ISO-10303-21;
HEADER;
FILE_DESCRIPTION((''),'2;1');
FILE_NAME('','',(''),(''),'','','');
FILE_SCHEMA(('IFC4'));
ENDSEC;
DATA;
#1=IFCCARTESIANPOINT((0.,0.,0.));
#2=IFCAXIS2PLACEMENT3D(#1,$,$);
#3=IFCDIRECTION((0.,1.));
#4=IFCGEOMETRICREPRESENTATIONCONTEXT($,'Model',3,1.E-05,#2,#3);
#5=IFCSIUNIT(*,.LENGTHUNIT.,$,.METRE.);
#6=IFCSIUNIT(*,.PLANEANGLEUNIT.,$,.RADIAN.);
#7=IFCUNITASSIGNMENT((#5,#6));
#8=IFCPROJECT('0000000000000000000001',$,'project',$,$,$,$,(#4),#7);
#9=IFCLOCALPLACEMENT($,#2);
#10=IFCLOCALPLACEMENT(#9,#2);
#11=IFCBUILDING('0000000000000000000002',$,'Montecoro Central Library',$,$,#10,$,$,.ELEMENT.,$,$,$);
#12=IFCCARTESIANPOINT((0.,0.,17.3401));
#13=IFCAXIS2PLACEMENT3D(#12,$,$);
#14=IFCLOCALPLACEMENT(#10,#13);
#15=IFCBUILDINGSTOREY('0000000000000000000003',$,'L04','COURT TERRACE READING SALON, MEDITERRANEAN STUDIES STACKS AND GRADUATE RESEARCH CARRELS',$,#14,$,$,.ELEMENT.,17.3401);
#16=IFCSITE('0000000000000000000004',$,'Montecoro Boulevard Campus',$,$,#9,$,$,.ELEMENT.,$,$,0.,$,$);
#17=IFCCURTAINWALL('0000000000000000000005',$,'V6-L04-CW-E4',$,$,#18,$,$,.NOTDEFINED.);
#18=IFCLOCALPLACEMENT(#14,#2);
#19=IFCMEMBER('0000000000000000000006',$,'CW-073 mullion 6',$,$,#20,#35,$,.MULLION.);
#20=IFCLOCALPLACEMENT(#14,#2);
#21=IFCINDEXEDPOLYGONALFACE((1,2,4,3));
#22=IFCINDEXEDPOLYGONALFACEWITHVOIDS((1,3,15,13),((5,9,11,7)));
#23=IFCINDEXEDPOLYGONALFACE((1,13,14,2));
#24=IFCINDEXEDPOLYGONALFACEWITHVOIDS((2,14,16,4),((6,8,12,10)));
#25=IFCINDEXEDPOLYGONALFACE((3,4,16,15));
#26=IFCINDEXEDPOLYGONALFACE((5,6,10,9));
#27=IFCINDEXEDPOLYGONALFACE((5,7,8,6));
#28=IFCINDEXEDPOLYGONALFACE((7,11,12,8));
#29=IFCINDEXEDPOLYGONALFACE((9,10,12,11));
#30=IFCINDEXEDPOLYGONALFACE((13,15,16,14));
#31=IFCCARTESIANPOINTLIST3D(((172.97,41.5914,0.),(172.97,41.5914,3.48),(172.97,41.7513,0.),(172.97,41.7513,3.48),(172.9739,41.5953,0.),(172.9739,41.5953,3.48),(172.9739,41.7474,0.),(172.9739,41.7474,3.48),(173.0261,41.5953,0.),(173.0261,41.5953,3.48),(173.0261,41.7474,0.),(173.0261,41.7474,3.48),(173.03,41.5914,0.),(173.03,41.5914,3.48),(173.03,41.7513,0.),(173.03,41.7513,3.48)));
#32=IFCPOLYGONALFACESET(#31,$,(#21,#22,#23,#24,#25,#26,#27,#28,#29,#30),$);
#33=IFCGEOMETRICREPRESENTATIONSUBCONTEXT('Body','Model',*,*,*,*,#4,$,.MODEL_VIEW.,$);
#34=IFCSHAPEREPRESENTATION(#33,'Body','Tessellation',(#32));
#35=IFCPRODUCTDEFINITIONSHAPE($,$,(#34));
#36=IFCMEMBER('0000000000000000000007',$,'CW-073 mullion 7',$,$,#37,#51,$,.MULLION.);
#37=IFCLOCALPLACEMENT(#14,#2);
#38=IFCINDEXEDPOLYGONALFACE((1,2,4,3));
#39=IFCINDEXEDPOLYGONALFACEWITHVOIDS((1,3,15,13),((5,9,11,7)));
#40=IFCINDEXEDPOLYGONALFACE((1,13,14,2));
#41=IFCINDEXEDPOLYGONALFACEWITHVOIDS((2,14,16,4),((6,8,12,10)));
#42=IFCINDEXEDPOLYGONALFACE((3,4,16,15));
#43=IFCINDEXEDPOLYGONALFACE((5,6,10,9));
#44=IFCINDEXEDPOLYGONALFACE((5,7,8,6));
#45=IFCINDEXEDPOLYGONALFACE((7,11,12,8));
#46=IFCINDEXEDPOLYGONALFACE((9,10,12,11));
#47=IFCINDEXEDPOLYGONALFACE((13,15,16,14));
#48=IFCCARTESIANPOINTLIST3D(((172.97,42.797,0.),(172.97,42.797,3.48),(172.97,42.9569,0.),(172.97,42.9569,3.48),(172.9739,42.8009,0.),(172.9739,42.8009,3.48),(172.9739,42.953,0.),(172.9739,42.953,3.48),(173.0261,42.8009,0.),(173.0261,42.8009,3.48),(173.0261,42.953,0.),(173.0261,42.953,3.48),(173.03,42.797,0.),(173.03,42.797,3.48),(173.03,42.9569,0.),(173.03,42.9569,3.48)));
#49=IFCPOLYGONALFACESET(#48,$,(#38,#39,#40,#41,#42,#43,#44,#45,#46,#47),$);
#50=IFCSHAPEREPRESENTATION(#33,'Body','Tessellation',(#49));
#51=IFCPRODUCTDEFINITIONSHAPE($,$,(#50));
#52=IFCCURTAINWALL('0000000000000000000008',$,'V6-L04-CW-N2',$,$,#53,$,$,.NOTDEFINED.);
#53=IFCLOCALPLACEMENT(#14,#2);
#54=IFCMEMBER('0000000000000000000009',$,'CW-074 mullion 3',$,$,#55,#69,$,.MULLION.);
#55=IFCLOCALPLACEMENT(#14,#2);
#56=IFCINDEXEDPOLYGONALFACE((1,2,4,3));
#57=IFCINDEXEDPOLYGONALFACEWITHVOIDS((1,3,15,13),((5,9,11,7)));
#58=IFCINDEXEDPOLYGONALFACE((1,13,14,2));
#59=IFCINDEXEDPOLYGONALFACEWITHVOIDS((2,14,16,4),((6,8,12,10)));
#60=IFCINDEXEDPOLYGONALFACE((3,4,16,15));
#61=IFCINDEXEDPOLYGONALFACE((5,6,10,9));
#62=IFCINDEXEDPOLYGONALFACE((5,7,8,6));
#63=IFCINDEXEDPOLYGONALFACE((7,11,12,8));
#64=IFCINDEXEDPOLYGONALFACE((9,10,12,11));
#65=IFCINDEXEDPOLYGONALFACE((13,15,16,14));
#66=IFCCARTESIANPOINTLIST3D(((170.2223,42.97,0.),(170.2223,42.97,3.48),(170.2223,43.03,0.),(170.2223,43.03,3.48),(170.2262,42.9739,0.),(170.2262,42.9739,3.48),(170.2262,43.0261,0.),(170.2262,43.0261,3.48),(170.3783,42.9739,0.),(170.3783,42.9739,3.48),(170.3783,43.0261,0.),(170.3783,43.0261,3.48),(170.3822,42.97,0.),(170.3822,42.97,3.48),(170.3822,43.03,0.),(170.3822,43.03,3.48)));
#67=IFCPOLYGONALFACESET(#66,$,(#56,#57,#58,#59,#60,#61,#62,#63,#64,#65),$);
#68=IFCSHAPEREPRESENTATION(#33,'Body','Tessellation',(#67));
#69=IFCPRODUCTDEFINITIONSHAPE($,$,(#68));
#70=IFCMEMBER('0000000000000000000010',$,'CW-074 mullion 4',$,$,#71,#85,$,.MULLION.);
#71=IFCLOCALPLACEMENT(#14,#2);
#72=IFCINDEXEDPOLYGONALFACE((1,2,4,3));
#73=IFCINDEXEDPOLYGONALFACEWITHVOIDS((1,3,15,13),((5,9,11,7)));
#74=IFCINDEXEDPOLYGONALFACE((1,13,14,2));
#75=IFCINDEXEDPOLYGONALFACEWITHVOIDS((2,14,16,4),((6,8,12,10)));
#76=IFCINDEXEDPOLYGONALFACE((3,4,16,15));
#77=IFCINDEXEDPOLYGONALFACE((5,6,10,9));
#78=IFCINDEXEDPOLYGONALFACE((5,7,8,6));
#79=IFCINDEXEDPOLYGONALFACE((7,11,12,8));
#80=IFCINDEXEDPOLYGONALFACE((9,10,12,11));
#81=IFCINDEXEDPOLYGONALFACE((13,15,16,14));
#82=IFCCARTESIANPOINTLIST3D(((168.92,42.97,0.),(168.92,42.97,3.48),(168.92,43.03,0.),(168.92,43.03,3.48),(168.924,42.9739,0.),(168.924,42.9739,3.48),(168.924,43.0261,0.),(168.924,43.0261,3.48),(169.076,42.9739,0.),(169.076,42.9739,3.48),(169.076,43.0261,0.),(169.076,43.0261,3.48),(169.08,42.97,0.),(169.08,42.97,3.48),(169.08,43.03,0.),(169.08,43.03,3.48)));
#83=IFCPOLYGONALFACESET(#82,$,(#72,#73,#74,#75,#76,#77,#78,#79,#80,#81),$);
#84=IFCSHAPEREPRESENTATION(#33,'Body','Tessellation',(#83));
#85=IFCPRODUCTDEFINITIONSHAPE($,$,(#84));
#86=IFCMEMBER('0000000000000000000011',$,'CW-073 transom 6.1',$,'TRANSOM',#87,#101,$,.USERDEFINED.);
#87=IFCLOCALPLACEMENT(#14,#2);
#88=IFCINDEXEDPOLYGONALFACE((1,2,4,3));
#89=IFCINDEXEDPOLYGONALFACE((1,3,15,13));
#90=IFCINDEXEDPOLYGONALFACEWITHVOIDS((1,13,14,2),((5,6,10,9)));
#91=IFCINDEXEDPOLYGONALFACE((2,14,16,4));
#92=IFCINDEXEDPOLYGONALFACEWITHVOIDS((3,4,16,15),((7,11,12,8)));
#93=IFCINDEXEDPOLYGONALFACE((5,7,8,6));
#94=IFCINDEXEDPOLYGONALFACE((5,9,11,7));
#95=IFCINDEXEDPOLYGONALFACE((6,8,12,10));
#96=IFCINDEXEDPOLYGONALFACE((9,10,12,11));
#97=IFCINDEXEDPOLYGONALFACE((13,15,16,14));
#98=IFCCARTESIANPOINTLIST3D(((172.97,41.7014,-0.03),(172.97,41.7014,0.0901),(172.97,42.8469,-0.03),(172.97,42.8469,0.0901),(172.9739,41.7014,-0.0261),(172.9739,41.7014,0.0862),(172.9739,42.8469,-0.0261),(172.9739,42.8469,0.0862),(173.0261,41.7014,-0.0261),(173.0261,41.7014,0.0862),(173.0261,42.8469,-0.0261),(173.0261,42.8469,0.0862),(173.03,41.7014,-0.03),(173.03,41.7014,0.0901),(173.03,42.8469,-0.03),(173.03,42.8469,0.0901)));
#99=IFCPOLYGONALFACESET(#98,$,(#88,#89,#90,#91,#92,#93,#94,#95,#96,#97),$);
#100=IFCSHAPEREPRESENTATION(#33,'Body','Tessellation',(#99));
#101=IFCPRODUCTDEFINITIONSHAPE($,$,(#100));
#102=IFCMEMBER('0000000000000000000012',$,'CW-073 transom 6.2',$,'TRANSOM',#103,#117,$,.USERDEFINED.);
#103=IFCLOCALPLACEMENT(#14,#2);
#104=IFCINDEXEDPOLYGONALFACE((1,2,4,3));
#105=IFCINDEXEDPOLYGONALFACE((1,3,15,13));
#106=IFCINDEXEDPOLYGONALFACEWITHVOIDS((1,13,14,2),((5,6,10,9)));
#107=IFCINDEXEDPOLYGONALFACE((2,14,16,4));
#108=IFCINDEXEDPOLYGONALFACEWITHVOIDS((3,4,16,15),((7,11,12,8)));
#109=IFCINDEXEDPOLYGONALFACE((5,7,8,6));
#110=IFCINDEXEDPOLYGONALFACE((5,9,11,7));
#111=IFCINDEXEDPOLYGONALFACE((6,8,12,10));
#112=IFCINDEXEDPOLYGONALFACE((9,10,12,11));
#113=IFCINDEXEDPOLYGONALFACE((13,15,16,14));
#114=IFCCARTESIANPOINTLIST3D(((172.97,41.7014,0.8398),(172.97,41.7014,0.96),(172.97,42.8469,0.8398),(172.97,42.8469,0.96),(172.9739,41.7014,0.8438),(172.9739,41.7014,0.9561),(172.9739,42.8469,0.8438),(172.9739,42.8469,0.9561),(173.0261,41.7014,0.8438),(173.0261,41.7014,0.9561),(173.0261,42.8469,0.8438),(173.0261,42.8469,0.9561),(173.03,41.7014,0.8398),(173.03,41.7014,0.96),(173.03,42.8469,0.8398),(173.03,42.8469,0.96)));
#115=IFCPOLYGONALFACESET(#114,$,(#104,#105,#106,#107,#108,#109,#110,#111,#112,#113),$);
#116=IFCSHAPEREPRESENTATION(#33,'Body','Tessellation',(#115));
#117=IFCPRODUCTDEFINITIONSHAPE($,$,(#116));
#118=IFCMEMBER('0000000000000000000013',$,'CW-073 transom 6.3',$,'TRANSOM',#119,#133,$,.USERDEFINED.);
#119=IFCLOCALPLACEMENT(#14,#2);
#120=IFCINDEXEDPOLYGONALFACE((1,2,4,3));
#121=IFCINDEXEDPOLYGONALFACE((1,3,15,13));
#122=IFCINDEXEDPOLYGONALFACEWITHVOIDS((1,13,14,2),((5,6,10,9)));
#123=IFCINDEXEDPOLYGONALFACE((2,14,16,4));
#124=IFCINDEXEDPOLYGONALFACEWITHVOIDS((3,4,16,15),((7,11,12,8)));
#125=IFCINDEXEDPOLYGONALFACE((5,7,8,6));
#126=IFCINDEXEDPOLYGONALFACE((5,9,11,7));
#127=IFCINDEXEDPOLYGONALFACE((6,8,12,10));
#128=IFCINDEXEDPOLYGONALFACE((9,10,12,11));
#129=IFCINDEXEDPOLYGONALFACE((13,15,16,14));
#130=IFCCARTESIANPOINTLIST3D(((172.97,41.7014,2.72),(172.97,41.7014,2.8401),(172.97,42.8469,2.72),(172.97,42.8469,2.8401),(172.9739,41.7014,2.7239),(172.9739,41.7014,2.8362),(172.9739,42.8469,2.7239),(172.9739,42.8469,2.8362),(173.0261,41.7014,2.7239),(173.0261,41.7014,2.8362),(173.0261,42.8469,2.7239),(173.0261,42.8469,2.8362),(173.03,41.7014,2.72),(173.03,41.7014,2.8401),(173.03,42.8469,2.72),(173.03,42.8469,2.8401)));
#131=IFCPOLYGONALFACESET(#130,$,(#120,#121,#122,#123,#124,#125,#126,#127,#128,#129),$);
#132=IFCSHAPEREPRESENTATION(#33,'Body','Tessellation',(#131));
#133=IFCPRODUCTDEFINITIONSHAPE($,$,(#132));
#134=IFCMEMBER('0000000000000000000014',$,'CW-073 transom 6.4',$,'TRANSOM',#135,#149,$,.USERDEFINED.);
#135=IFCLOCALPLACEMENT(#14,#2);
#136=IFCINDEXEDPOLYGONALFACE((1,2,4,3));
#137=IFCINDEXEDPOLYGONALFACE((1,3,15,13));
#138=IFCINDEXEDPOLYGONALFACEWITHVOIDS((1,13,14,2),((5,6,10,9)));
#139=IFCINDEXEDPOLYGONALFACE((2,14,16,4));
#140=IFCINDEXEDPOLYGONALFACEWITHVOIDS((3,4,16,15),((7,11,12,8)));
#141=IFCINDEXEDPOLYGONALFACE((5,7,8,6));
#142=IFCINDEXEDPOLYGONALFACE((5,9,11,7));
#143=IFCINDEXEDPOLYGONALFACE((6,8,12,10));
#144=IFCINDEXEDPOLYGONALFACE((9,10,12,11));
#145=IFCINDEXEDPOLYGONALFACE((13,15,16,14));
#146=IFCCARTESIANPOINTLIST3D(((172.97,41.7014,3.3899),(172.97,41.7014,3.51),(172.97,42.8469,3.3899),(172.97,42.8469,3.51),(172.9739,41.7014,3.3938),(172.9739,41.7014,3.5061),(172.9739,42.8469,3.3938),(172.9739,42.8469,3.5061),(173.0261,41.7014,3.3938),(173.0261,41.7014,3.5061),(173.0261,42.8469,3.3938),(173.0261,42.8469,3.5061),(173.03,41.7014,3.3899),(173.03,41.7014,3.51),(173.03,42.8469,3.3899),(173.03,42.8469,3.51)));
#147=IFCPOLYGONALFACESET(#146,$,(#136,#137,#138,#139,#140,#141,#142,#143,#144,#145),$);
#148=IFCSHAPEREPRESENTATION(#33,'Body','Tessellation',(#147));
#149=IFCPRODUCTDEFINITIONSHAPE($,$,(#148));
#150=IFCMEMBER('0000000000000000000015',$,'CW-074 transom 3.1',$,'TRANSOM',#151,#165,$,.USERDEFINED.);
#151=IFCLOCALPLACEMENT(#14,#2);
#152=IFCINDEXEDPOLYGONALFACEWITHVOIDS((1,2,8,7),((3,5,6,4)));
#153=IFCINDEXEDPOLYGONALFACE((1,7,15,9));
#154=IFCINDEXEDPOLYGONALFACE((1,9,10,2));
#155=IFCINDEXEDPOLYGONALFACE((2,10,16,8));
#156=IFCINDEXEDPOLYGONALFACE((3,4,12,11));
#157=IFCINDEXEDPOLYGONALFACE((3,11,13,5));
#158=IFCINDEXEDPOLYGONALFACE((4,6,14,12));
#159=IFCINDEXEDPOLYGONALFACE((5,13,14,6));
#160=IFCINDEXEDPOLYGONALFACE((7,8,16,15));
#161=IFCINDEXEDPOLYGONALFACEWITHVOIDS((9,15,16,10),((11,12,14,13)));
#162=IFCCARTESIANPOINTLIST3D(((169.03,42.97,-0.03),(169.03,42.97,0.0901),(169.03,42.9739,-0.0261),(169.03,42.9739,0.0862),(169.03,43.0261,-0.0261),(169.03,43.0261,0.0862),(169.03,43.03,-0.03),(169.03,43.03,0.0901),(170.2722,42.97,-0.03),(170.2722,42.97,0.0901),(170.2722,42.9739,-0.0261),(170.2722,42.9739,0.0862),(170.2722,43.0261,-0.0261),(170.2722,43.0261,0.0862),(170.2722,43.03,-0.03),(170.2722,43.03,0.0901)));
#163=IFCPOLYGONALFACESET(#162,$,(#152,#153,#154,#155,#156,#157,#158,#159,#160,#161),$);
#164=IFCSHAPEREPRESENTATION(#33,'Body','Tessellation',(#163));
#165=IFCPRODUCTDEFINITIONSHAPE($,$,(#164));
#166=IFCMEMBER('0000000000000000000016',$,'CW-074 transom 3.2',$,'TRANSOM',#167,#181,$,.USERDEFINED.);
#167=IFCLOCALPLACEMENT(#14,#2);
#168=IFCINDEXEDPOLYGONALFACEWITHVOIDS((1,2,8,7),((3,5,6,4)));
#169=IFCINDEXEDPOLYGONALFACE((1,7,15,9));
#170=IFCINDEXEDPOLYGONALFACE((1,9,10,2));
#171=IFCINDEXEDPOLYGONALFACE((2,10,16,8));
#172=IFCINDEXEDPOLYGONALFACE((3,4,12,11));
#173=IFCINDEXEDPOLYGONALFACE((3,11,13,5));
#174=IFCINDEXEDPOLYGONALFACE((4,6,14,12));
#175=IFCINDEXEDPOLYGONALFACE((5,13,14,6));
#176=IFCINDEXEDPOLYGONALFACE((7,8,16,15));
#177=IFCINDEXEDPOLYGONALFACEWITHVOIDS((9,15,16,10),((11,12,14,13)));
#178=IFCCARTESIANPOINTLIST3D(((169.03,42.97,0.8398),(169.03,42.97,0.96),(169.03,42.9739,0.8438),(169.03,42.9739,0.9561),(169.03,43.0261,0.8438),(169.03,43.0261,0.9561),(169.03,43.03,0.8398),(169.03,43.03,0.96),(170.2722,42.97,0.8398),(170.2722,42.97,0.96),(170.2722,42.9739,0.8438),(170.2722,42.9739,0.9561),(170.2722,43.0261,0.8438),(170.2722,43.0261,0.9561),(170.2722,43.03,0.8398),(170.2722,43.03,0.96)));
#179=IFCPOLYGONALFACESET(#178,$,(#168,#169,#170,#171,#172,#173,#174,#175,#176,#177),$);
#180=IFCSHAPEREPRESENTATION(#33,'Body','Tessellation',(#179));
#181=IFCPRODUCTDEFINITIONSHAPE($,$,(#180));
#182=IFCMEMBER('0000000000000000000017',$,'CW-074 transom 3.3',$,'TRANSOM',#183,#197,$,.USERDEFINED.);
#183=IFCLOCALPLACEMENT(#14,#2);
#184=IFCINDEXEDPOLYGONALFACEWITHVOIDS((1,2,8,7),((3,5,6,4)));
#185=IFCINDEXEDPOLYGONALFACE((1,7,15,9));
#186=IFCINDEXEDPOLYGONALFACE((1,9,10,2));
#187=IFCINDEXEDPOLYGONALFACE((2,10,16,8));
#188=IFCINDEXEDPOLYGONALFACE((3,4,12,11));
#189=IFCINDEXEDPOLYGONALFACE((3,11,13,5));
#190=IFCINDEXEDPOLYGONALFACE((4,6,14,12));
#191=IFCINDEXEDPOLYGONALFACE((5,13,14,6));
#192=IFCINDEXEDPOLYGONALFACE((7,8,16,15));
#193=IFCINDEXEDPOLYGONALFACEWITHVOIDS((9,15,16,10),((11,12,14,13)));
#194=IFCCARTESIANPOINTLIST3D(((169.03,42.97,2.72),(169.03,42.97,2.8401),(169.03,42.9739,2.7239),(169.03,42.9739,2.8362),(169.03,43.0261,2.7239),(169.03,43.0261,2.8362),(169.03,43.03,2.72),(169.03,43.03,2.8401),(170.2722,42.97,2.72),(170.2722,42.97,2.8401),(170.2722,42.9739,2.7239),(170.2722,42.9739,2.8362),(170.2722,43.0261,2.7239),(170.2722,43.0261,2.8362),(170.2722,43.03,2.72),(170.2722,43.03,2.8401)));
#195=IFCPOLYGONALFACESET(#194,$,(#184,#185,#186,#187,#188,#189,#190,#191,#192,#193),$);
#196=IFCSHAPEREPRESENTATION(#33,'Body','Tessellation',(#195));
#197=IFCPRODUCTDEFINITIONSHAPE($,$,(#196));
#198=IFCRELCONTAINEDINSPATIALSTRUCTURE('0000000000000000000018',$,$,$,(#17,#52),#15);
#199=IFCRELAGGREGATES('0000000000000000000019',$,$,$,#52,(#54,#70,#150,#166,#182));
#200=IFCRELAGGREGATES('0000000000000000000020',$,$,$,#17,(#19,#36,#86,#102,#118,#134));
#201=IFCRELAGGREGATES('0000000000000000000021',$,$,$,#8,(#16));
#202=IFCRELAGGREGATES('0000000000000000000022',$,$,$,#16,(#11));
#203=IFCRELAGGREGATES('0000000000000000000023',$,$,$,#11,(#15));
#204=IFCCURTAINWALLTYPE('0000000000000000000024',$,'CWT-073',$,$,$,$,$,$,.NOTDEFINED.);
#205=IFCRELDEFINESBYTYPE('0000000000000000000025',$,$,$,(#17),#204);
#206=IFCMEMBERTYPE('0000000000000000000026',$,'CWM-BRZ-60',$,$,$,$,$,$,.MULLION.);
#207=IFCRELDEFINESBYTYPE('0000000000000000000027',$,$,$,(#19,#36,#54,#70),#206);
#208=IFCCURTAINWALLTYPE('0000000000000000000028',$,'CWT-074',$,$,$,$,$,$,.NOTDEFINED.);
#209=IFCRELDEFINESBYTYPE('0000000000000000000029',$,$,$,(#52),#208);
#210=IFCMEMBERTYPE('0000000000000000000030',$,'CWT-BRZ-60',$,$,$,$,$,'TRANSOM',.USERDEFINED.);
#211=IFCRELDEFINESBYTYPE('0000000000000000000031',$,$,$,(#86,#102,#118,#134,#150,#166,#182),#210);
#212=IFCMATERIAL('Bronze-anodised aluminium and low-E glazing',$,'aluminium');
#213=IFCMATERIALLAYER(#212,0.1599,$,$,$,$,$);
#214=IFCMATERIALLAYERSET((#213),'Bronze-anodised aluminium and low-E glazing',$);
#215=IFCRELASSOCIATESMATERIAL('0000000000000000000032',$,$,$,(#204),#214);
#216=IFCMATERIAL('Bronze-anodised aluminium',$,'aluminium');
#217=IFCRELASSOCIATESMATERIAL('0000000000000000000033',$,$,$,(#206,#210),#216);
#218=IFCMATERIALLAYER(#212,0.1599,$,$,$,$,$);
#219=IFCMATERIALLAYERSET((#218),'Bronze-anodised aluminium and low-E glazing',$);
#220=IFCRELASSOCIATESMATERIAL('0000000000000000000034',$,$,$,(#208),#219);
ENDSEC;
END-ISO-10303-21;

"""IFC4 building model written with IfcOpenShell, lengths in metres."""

from ifc_helpers import new_model, si_unit, direction, frame, origin, origin_2d, place, context, subcontext, project, spatial, hollow_rectangle, extrude, material, layer, layer_set, material_profile, profile_set, type_object, element, aggregate, save


model = new_model("IFC4")

# Units and contexts
model_context = context("Model", 3, precision=1e-05, world=origin(), true_north=direction((0.0, 1.0)))
body_context = subcontext(model_context, "Body", "Model", "MODEL_VIEW")
ifc_project = project(units=[si_unit("LENGTHUNIT", "METRE"), si_unit("PLANEANGLEUNIT", "RADIAN")], contexts=[model_context])

# Site, building, storey
site_placement = place(None, origin())
site = spatial("IfcSite", under=ifc_project, at=site_placement, Name="Montecoro Boulevard Campus", CompositionType="ELEMENT", RefElevation=0.0)
building_placement = place(site_placement, origin())
building = spatial("IfcBuilding", under=site, at=building_placement, Name="Montecoro Central Library", CompositionType="ELEMENT")
storey_placement = place(building_placement, frame((0.0, 0.0, 17.3401)))
storey = spatial("IfcBuildingStorey", under=building, at=storey_placement, Name="L04", Description="COURT TERRACE READING SALON, MEDITERRANEAN STUDIES STACKS AND GRADUATE RESEARCH CARRELS", CompositionType="ELEMENT", Elevation=17.3401)

# Curtain walls, members
ifc_material_1 = material(Name="Bronze-anodised aluminium and low-E glazing", Category="aluminium")
ifc_layer_1 = layer(ifc_material_1, 0.1599)
ifc_layer_set_1 = layer_set([ifc_layer_1], Name="Bronze-anodised aluminium and low-E glazing")
curtain_wall_type_1 = type_object("IfcCurtainWallType", Name="CWT-073", PredefinedType="NOTDEFINED", material=ifc_layer_set_1)
curtain_wall_1_placement = place(storey_placement, origin())
curtain_wall_1 = element("IfcCurtainWall", 1, at=curtain_wall_1_placement, inside=storey, type_object=curtain_wall_type_1, Name="V6-L04-CW-E4", PredefinedType="NOTDEFINED")
ifc_material_2 = material(Name="Bronze-anodised aluminium", Category="aluminium")
ifc_material_profile_1 = material_profile(ifc_material_2, hollow_rectangle(XDim=0.0601, YDim=0.1599, WallThickness=0.0039, at=origin_2d()), Name="CWM 160x60x4.0")
ifc_profile_set_1 = profile_set([ifc_material_profile_1], Name="Bronze-anodised aluminium")
member_type_1 = type_object("IfcMemberType", Name="CWM-BRZ-60", PredefinedType="MULLION", material=ifc_profile_set_1)
member_1_placement = place(storey_placement, frame((173.0, 41.6714, 0.0), z_axis=(0.0, 0.0, 1.0), x_axis=(-1.0, 0.0, 0.0)))
member_1 = element("IfcMember", 2, at=member_1_placement, type_object=member_type_1, Name="CW-073 mullion 6", PredefinedType="MULLION", context=body_context, shape_type="SweptSolid", body=[
    extrude(hollow_rectangle(XDim=0.0601, YDim=0.1599, WallThickness=0.0039, at=origin_2d()), origin(), (0.0, 0.0, 1.0), 3.48),
])
member_2_placement = place(storey_placement, frame((173.0, 42.877, 0.0), z_axis=(0.0, 0.0, 1.0), x_axis=(-1.0, 0.0, 0.0)))
member_2 = element("IfcMember", 3, at=member_2_placement, type_object=member_type_1, Name="CW-073 mullion 7", PredefinedType="MULLION", context=body_context, shape_type="SweptSolid", body=[
    extrude(hollow_rectangle(XDim=0.0601, YDim=0.1599, WallThickness=0.0039, at=origin_2d()), origin(), (0.0, 0.0, 1.0), 3.48),
])
ifc_layer_2 = layer(ifc_material_1, 0.1599)
ifc_layer_set_2 = layer_set([ifc_layer_2], Name="Bronze-anodised aluminium and low-E glazing")
curtain_wall_type_2 = type_object("IfcCurtainWallType", Name="CWT-074", PredefinedType="NOTDEFINED", material=ifc_layer_set_2)
curtain_wall_2_placement = place(storey_placement, origin())
curtain_wall_2 = element("IfcCurtainWall", 4, at=curtain_wall_2_placement, inside=storey, type_object=curtain_wall_type_2, Name="V6-L04-CW-N2", PredefinedType="NOTDEFINED")
member_3_placement = place(storey_placement, frame((170.3022, 43.0, 0.0), z_axis=(0.0, 0.0, 1.0), x_axis=(0.0, -1.0, 0.0)))
member_3 = element("IfcMember", 5, at=member_3_placement, type_object=member_type_1, Name="CW-074 mullion 3", PredefinedType="MULLION", context=body_context, shape_type="SweptSolid", body=[
    extrude(hollow_rectangle(XDim=0.0601, YDim=0.1599, WallThickness=0.0039, at=origin_2d()), origin(), (0.0, 0.0, 1.0), 3.48),
])
member_4_placement = place(storey_placement, frame((169.0, 43.0, 0.0), z_axis=(0.0, 0.0, 1.0), x_axis=(0.0, -1.0, 0.0)))
member_4 = element("IfcMember", 6, at=member_4_placement, type_object=member_type_1, Name="CW-074 mullion 4", PredefinedType="MULLION", context=body_context, shape_type="SweptSolid", body=[
    extrude(hollow_rectangle(XDim=0.0601, YDim=0.1599, WallThickness=0.0039, at=origin_2d()), origin(), (0.0, 0.0, 1.0), 3.48),
])

# Members
ifc_material_profile_2 = material_profile(ifc_material_2, hollow_rectangle(XDim=0.0601, YDim=0.1201, WallThickness=0.0039, at=origin_2d()), Name="CWT 120x60x4.0")
ifc_profile_set_2 = profile_set([ifc_material_profile_2], Name="Bronze-anodised aluminium")
member_type_2 = type_object("IfcMemberType", Name="CWT-BRZ-60", ElementType="TRANSOM", PredefinedType="USERDEFINED", material=ifc_profile_set_2)
member_5_placement = place(storey_placement, frame((173.0, 41.7014, 0.03), z_axis=(0.0, 1.0, 0.0), x_axis=(-1.0, 0.0, 0.0)))
member_5 = element("IfcMember", 7, at=member_5_placement, type_object=member_type_2, Name="CW-073 transom 6.1", ObjectType="TRANSOM", PredefinedType="USERDEFINED", context=body_context, shape_type="SweptSolid", body=[
    extrude(hollow_rectangle(XDim=0.0601, YDim=0.1201, WallThickness=0.0039, at=origin_2d()), origin(), (0.0, 0.0, 1.0), 1.1455),
])
member_6_placement = place(storey_placement, frame((173.0, 41.7014, 0.8999), z_axis=(0.0, 1.0, 0.0), x_axis=(-1.0, 0.0, 0.0)))
member_6 = element("IfcMember", 8, at=member_6_placement, type_object=member_type_2, Name="CW-073 transom 6.2", ObjectType="TRANSOM", PredefinedType="USERDEFINED", context=body_context, shape_type="SweptSolid", body=[
    extrude(hollow_rectangle(XDim=0.0601, YDim=0.1201, WallThickness=0.0039, at=origin_2d()), origin(), (0.0, 0.0, 1.0), 1.1455),
])
member_7_placement = place(storey_placement, frame((173.0, 41.7014, 2.78), z_axis=(0.0, 1.0, 0.0), x_axis=(-1.0, 0.0, 0.0)))
member_7 = element("IfcMember", 9, at=member_7_placement, type_object=member_type_2, Name="CW-073 transom 6.3", ObjectType="TRANSOM", PredefinedType="USERDEFINED", context=body_context, shape_type="SweptSolid", body=[
    extrude(hollow_rectangle(XDim=0.0601, YDim=0.1201, WallThickness=0.0039, at=origin_2d()), origin(), (0.0, 0.0, 1.0), 1.1455),
])
member_8_placement = place(storey_placement, frame((173.0, 41.7014, 3.45), z_axis=(0.0, 1.0, 0.0), x_axis=(-1.0, 0.0, 0.0)))
member_8 = element("IfcMember", 10, at=member_8_placement, type_object=member_type_2, Name="CW-073 transom 6.4", ObjectType="TRANSOM", PredefinedType="USERDEFINED", context=body_context, shape_type="SweptSolid", body=[
    extrude(hollow_rectangle(XDim=0.0601, YDim=0.1201, WallThickness=0.0039, at=origin_2d()), origin(), (0.0, 0.0, 1.0), 1.1455),
])
member_9_placement = place(storey_placement, frame((170.2722, 43.0, 0.03), z_axis=(-1.0, 0.0, 0.0), x_axis=(0.0, -1.0, 0.0)))
member_9 = element("IfcMember", 11, at=member_9_placement, type_object=member_type_2, Name="CW-074 transom 3.1", ObjectType="TRANSOM", PredefinedType="USERDEFINED", context=body_context, shape_type="SweptSolid", body=[
    extrude(hollow_rectangle(XDim=0.0601, YDim=0.1201, WallThickness=0.0039, at=origin_2d()), origin(), (0.0, 0.0, 1.0), 1.2422),
])
member_10_placement = place(storey_placement, frame((170.2722, 43.0, 0.8999), z_axis=(-1.0, 0.0, 0.0), x_axis=(0.0, -1.0, 0.0)))
member_10 = element("IfcMember", 12, at=member_10_placement, type_object=member_type_2, Name="CW-074 transom 3.2", ObjectType="TRANSOM", PredefinedType="USERDEFINED", context=body_context, shape_type="SweptSolid", body=[
    extrude(hollow_rectangle(XDim=0.0601, YDim=0.1201, WallThickness=0.0039, at=origin_2d()), origin(), (0.0, 0.0, 1.0), 1.2422),
])
member_11_placement = place(storey_placement, frame((170.2722, 43.0, 2.78), z_axis=(-1.0, 0.0, 0.0), x_axis=(0.0, -1.0, 0.0)))
member_11 = element("IfcMember", 13, at=member_11_placement, type_object=member_type_2, Name="CW-074 transom 3.3", ObjectType="TRANSOM", PredefinedType="USERDEFINED", context=body_context, shape_type="SweptSolid", body=[
    extrude(hollow_rectangle(XDim=0.0601, YDim=0.1201, WallThickness=0.0039, at=origin_2d()), origin(), (0.0, 0.0, 1.0), 1.2422),
])

aggregate(curtain_wall_2, [member_3, member_4, member_9, member_10, member_11])
aggregate(curtain_wall_1, [member_1, member_2, member_5, member_6, member_7, member_8])

save(model, "model.ifc")
